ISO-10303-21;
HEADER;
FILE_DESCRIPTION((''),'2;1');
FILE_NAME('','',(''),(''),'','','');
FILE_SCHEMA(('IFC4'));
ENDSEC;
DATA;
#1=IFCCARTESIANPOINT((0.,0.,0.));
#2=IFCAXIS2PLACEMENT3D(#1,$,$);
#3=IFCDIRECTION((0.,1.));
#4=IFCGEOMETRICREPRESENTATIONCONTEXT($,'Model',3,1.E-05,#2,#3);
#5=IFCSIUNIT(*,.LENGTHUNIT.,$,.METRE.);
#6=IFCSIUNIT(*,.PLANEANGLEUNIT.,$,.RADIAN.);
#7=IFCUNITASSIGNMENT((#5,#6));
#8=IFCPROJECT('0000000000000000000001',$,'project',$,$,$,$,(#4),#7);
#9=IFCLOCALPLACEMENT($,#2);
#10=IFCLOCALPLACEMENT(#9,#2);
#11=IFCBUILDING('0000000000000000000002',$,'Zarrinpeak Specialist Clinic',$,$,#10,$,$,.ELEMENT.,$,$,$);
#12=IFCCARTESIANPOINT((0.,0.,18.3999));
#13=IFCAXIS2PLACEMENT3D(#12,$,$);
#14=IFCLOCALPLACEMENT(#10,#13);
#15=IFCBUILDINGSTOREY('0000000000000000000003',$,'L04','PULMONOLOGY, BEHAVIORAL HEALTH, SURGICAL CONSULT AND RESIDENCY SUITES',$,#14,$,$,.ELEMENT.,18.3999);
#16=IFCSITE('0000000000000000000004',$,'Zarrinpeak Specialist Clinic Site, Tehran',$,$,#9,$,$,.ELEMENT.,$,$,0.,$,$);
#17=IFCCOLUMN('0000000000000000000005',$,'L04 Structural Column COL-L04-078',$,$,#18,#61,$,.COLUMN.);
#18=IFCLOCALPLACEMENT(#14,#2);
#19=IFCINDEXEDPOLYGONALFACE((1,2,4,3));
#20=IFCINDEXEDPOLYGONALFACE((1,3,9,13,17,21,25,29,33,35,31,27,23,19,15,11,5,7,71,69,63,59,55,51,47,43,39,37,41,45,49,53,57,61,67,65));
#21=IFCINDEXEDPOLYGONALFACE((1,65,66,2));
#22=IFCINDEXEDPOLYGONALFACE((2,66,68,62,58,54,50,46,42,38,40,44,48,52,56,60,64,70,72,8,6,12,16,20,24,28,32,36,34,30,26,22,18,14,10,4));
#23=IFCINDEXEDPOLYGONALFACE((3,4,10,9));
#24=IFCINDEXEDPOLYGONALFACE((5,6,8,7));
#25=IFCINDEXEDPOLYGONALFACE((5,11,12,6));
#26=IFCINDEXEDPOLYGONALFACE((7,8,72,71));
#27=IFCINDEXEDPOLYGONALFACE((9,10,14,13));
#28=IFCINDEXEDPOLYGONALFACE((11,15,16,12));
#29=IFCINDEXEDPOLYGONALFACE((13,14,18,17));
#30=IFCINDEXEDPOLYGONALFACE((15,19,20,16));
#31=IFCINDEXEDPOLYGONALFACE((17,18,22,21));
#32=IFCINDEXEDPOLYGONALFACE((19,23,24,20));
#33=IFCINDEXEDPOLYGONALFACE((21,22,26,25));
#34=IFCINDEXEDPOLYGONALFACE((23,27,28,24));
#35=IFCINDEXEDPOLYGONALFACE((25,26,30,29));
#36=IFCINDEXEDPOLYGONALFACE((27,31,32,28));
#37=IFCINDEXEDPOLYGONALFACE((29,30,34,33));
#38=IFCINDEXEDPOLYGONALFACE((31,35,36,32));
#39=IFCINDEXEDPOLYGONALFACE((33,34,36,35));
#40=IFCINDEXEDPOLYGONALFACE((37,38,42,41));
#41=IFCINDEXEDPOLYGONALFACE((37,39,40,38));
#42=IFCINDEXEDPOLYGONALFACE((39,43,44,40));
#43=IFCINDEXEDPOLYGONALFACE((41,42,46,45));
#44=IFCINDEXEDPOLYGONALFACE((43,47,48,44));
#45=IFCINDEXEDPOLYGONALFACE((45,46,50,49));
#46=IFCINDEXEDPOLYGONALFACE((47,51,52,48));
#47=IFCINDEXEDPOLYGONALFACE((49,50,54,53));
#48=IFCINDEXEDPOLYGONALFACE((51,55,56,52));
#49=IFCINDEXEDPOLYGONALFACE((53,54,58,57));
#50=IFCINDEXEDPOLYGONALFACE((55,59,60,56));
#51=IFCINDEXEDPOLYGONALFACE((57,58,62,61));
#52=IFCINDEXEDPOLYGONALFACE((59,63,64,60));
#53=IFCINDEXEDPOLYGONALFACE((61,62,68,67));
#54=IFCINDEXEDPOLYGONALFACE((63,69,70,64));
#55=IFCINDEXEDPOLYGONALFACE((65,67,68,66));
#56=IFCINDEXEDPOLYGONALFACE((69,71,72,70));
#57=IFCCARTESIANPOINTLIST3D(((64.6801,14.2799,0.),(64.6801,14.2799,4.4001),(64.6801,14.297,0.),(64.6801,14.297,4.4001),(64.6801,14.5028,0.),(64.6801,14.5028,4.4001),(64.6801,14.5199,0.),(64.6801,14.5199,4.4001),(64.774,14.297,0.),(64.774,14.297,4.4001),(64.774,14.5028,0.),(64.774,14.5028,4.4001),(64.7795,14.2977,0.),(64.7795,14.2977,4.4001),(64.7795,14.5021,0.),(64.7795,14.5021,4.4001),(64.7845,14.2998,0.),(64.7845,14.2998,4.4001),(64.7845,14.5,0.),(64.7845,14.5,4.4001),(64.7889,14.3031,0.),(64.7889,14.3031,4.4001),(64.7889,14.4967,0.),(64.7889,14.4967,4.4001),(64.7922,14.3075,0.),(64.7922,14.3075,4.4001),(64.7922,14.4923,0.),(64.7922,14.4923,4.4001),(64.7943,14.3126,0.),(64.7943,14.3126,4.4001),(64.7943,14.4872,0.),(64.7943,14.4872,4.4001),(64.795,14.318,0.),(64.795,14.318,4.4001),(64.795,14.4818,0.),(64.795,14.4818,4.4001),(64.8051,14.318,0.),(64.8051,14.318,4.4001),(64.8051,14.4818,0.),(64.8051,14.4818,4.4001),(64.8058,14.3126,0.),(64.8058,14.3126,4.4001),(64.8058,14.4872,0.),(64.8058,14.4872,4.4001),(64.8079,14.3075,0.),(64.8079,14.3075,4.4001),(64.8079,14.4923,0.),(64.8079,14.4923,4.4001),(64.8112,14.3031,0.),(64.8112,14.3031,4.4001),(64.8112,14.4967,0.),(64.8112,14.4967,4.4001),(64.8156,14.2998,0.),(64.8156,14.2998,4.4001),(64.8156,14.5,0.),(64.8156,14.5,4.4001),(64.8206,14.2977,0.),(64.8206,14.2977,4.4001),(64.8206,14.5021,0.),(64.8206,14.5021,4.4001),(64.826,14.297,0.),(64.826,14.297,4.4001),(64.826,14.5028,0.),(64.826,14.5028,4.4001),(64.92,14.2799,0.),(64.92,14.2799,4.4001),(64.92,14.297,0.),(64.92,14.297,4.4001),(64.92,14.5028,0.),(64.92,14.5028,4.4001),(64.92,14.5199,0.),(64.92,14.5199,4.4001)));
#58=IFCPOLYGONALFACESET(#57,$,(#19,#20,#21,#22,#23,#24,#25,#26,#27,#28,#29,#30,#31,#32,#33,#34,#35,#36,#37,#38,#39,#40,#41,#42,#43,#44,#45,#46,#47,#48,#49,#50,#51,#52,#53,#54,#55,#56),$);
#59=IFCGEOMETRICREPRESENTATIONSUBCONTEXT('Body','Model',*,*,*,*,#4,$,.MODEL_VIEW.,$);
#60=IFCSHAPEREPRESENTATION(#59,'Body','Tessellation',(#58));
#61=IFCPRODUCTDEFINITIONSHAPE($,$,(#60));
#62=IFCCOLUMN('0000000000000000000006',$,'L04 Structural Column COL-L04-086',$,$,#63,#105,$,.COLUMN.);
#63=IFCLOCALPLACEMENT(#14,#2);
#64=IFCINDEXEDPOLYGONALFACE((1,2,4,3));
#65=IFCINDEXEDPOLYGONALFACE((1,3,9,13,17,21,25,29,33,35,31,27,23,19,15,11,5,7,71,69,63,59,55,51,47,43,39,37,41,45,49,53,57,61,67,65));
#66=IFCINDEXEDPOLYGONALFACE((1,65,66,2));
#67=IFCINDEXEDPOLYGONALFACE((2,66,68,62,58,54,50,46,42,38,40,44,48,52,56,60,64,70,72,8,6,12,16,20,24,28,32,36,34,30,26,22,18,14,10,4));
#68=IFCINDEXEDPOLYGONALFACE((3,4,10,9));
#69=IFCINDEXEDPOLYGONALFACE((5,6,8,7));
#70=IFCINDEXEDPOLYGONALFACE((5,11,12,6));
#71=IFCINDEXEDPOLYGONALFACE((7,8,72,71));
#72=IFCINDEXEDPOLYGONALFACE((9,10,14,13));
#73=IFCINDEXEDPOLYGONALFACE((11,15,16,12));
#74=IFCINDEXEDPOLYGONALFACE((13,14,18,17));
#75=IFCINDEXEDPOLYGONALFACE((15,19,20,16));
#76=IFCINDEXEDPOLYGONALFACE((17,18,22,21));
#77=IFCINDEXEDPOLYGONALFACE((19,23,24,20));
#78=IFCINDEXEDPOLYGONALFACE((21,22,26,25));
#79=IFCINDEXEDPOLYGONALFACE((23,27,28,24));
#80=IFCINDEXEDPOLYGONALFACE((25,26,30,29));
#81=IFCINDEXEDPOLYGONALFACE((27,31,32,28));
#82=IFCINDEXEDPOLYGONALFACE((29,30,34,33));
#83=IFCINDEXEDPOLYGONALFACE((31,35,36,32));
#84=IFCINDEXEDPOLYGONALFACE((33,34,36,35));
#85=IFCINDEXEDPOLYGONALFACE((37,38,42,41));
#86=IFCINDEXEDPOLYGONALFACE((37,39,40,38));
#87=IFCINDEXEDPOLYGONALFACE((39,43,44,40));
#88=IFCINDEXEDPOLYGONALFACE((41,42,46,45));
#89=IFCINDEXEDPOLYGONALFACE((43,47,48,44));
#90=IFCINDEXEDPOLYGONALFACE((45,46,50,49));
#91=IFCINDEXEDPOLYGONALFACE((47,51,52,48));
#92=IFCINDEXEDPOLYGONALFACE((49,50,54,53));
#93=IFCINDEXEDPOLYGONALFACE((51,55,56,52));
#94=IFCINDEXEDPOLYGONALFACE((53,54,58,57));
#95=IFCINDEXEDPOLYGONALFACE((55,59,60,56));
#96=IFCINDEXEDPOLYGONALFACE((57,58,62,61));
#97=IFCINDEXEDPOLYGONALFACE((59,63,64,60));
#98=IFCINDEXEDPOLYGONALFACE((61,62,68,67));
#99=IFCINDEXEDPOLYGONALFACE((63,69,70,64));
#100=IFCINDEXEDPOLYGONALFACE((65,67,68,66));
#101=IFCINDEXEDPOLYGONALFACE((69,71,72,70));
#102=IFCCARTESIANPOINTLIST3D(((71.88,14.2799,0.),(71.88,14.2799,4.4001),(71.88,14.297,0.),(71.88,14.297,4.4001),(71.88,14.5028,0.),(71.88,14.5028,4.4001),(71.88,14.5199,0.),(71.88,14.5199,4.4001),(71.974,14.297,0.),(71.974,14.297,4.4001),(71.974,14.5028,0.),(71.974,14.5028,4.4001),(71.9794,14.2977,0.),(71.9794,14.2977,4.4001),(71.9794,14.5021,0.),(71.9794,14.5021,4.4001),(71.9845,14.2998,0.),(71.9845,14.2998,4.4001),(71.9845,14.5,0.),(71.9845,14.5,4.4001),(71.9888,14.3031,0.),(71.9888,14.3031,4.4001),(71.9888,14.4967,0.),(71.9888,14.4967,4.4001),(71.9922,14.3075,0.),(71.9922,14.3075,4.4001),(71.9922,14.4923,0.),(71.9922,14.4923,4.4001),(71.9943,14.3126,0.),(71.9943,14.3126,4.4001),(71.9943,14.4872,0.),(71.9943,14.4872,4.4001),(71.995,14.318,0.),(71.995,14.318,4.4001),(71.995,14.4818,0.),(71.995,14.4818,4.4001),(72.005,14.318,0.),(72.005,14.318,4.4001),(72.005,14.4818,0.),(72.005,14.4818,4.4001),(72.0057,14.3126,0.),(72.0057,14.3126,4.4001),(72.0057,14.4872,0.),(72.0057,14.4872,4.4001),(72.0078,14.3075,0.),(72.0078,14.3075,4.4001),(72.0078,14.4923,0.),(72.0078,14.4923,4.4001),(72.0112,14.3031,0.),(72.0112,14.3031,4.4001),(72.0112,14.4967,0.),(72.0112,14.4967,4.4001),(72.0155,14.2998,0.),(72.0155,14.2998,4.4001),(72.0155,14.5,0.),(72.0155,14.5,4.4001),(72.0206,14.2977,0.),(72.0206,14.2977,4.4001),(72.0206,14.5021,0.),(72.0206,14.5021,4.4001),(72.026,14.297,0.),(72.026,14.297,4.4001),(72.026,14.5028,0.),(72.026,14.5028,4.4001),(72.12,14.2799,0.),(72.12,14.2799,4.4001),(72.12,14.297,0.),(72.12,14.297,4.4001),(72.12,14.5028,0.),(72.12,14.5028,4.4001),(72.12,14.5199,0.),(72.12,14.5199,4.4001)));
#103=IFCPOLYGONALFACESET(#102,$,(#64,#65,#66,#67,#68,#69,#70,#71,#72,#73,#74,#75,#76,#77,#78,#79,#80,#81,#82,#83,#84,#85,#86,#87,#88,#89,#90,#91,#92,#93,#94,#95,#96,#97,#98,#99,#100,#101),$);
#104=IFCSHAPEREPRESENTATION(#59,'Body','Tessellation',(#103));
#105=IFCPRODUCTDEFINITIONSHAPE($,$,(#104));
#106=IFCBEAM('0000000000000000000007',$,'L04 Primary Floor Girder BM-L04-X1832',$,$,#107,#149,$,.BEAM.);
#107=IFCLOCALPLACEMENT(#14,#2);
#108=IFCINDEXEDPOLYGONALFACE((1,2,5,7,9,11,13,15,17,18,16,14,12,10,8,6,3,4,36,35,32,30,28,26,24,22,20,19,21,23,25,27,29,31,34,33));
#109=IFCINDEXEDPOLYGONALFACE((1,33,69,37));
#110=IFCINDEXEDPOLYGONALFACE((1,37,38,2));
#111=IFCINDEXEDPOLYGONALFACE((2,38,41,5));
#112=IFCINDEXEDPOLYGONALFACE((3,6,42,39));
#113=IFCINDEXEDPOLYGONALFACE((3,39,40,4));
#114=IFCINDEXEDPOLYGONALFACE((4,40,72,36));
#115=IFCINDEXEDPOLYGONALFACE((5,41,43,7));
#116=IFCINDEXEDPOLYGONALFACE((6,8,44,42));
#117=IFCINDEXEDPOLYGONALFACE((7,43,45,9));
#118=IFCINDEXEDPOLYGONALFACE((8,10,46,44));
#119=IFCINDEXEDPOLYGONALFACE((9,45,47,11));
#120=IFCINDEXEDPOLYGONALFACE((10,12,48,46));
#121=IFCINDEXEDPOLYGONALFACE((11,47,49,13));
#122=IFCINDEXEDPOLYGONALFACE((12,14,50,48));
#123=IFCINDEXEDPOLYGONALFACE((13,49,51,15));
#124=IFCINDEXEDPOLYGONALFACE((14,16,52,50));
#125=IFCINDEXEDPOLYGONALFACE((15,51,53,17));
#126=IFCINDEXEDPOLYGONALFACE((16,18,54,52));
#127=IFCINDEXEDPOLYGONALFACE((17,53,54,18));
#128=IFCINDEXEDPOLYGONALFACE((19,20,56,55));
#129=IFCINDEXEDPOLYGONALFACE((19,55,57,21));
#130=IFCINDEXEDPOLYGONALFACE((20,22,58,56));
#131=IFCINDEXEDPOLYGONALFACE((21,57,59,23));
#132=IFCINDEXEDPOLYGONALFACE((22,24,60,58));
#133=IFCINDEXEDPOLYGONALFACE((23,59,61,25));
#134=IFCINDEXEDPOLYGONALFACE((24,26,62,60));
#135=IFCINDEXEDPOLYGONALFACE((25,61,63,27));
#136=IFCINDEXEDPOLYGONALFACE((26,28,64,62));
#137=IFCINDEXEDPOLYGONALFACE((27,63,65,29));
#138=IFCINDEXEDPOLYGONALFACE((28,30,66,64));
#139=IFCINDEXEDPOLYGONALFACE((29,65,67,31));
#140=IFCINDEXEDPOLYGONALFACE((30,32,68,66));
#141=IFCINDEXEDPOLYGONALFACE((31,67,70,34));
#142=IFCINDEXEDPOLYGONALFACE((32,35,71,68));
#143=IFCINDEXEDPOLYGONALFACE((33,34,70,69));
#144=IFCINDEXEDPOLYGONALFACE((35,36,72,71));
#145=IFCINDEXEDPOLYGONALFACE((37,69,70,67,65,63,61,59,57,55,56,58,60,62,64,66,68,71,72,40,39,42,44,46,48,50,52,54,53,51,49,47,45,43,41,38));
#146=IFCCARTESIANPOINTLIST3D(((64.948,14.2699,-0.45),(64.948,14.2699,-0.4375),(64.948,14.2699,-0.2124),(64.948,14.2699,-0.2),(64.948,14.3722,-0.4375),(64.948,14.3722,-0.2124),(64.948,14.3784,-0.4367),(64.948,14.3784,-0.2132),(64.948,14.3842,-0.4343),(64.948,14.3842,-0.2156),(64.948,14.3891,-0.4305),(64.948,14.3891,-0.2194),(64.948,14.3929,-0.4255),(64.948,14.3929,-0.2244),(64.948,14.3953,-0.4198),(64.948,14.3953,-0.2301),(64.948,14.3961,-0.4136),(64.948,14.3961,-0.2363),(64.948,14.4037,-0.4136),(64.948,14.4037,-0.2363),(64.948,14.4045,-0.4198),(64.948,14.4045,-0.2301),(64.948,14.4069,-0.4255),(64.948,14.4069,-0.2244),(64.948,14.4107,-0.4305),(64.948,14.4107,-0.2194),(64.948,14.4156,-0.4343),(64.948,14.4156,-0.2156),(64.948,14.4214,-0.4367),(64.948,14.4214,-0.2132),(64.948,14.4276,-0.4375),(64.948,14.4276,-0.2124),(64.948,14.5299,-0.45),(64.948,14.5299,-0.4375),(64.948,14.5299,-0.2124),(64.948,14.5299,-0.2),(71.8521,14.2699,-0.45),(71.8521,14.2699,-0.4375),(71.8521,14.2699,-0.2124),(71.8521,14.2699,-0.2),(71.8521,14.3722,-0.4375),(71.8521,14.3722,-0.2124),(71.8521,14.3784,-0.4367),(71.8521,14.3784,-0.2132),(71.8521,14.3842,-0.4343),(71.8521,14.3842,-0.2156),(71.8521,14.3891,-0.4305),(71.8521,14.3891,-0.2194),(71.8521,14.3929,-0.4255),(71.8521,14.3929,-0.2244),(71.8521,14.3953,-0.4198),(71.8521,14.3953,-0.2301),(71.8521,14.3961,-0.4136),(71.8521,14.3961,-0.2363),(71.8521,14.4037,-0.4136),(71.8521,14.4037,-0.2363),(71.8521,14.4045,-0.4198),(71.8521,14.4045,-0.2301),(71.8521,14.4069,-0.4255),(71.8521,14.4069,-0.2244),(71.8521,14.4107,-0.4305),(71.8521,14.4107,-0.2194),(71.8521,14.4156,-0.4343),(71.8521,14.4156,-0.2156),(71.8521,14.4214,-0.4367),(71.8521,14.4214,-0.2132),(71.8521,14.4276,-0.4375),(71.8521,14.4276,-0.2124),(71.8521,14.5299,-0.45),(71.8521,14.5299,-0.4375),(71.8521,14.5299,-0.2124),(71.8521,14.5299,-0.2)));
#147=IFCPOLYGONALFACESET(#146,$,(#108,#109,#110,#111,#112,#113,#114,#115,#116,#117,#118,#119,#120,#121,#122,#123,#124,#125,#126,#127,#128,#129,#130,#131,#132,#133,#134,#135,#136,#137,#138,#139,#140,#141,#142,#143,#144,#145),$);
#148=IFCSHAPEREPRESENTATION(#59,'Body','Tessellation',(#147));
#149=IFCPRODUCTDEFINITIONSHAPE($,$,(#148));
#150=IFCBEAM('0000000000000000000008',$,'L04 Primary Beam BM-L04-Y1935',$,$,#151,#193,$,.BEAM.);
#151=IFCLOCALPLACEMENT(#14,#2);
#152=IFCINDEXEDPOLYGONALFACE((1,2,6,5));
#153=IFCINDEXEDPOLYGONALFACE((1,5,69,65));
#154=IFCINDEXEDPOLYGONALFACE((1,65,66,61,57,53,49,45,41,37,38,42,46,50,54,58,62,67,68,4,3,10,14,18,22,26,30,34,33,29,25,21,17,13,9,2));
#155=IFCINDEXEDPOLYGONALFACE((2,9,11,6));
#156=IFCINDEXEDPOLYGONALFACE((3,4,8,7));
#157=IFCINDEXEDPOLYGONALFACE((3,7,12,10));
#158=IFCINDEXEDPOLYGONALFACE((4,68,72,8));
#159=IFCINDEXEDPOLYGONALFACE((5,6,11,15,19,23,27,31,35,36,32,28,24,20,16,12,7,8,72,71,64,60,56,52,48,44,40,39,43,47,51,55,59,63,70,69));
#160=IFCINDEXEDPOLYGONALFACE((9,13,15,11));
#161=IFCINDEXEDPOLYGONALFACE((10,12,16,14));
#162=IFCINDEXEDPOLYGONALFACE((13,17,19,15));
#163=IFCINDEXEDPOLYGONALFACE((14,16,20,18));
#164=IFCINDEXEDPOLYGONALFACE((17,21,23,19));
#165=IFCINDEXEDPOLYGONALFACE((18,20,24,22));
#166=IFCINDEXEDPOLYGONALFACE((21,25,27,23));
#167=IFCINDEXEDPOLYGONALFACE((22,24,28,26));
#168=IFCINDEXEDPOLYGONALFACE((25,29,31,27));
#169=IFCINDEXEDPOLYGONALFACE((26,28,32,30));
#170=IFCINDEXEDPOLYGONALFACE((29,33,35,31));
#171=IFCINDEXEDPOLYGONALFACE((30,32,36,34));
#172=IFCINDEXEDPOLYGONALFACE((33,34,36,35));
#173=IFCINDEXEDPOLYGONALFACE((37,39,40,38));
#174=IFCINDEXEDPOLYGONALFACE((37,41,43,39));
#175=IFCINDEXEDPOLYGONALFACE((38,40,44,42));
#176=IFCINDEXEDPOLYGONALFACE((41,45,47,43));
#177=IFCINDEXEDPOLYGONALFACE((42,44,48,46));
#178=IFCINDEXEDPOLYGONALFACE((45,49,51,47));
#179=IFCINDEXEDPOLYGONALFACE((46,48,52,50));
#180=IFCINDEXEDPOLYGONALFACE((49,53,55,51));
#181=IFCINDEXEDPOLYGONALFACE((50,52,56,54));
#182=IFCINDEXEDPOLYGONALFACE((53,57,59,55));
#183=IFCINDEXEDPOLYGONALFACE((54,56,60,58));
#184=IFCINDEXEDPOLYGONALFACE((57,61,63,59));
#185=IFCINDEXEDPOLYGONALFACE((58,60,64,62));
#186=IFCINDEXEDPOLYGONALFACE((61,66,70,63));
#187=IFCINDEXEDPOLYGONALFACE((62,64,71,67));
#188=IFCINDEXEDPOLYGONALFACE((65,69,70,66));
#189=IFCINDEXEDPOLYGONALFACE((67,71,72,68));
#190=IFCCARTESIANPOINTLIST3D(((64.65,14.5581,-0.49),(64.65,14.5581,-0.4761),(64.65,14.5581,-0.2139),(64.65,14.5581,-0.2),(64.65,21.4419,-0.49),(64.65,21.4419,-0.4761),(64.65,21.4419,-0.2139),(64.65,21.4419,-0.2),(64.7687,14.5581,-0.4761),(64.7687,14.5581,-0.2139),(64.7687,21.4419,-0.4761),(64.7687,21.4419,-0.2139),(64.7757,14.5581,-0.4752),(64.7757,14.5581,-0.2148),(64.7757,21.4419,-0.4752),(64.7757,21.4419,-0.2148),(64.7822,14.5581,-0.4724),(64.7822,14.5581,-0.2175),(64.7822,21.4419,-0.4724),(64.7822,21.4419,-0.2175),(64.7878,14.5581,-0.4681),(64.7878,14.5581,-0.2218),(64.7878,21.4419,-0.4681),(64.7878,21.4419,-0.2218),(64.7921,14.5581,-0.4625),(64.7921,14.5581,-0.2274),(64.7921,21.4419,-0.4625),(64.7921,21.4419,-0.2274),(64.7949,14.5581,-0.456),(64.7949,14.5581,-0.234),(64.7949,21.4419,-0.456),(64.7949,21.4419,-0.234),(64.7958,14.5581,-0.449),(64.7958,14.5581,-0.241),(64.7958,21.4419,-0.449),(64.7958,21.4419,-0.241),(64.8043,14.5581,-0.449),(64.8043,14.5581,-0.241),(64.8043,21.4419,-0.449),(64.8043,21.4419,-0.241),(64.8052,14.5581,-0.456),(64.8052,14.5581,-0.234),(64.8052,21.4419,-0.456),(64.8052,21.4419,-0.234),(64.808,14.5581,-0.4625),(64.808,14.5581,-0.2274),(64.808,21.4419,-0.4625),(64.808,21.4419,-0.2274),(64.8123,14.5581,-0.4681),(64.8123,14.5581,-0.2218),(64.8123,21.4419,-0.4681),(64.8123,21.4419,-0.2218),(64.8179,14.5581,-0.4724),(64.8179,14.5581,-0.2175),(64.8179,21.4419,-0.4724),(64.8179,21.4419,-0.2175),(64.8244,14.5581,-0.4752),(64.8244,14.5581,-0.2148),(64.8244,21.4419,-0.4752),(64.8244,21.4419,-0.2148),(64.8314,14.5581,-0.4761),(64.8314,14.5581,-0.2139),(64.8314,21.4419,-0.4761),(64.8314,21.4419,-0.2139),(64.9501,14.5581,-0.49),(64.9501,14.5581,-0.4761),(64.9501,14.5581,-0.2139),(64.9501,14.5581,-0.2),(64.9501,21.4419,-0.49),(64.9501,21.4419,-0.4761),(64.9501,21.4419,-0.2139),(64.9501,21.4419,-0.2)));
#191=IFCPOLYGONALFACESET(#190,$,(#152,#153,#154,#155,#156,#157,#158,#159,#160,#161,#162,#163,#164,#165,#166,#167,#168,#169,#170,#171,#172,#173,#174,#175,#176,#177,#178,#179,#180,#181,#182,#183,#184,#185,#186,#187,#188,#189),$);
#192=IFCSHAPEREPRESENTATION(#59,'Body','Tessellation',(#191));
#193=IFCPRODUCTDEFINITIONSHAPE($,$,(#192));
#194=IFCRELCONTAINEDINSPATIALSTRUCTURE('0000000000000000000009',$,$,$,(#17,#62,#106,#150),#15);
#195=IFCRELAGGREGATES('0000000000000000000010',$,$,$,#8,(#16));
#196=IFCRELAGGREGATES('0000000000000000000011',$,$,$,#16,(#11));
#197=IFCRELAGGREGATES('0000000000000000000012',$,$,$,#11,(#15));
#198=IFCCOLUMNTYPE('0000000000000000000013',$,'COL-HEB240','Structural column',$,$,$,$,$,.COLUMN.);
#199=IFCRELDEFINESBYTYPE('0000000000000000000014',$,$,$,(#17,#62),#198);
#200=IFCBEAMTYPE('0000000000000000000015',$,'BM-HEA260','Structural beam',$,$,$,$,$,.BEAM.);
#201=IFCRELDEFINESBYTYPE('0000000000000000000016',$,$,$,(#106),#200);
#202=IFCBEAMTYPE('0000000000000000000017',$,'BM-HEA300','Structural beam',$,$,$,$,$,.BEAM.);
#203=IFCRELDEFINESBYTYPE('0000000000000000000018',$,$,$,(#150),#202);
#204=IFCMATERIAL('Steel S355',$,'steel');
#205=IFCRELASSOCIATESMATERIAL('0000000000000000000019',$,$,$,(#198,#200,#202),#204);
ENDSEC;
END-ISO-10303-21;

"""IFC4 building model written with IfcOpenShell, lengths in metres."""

from ifc_helpers import new_model, si_unit, direction, frame, origin, origin_2d, place, context, subcontext, project, spatial, i_section, extrude, material, material_profile, profile_set, type_object, element, save


model = new_model("IFC4")

# Units and contexts
model_context = context("Model", 3, precision=1e-05, world=origin(), true_north=direction((0.0, 1.0)))
body_context = subcontext(model_context, "Body", "Model", "MODEL_VIEW")
ifc_project = project(units=[si_unit("LENGTHUNIT", "METRE"), si_unit("PLANEANGLEUNIT", "RADIAN")], contexts=[model_context])

# Site, building, storey
site_placement = place(None, origin())
site = spatial("IfcSite", under=ifc_project, at=site_placement, Name="Zarrinpeak Specialist Clinic Site, Tehran", CompositionType="ELEMENT", RefElevation=0.0)
building_placement = place(site_placement, origin())
building = spatial("IfcBuilding", under=site, at=building_placement, Name="Zarrinpeak Specialist Clinic", CompositionType="ELEMENT")
storey_placement = place(building_placement, frame((0.0, 0.0, 18.3999)))
storey = spatial("IfcBuildingStorey", under=building, at=storey_placement, Name="L04", Description="PULMONOLOGY, BEHAVIORAL HEALTH, SURGICAL CONSULT AND RESIDENCY SUITES", CompositionType="ELEMENT", Elevation=18.3999)

# Columns
ifc_material_1 = material(Name="Steel S355", Category="steel")
ifc_material_profile_1 = material_profile(ifc_material_1, i_section(OverallWidth=0.24, OverallDepth=0.24, WebThickness=0.01, FlangeThickness=0.0171, FilletRadius=0.021, at=origin_2d()), Name="HEB 240")
ifc_profile_set_1 = profile_set([ifc_material_profile_1], Name="Steel S355")
column_type = type_object("IfcColumnType", Name="COL-HEB240", Description="Structural column", PredefinedType="COLUMN", material=ifc_profile_set_1)
for number, where, z_axis, x_axis, name in (
    (1, (64.8, 14.3999, 0.0), (0.0, 0.0, 1.0), (1.0, 0.0, 0.0), "L04 Structural Column COL-L04-078"),
    (2, (72.0, 14.3999, 0.0), (0.0, 0.0, 1.0), (1.0, 0.0, 0.0), "L04 Structural Column COL-L04-086"),
):
    element("IfcColumn", number, at=place(storey_placement, frame(where, z_axis=z_axis, x_axis=x_axis)), inside=storey, type_object=column_type, Name=name, PredefinedType="COLUMN", context=body_context, shape_type="SweptSolid", body=[
        extrude(i_section(OverallWidth=0.24, OverallDepth=0.24, WebThickness=0.01, FlangeThickness=0.0171, FilletRadius=0.021, at=origin_2d()), origin(), (0.0, 0.0, 1.0), 4.4001),
    ])

# Beams
ifc_material_profile_2 = material_profile(ifc_material_1, i_section(OverallWidth=0.26, OverallDepth=0.25, WebThickness=0.0076, FlangeThickness=0.0125, FilletRadius=0.0239, at=origin_2d()), Name="HEA 260")
ifc_profile_set_2 = profile_set([ifc_material_profile_2], Name="Steel S355")
beam_type_1 = type_object("IfcBeamType", Name="BM-HEA260", Description="Structural beam", PredefinedType="BEAM", material=ifc_profile_set_2)
beam_1_placement = place(storey_placement, frame((64.948, 14.3999, -0.325), z_axis=(1.0, 0.0, 0.0), x_axis=(0.0, 1.0, 0.0)))
element("IfcBeam", 3, at=beam_1_placement, inside=storey, type_object=beam_type_1, Name="L04 Primary Floor Girder BM-L04-X1832", PredefinedType="BEAM", context=body_context, shape_type="SweptSolid", body=[
    extrude(i_section(OverallWidth=0.26, OverallDepth=0.25, WebThickness=0.0076, FlangeThickness=0.0125, FilletRadius=0.0239, at=origin_2d()), origin(), (0.0, 0.0, 1.0), 6.9041),
])
ifc_material_profile_3 = material_profile(ifc_material_1, i_section(OverallWidth=0.3, OverallDepth=0.29, WebThickness=0.0085, FlangeThickness=0.0139, FilletRadius=0.0271, at=origin_2d()), Name="HEA 300")
ifc_profile_set_3 = profile_set([ifc_material_profile_3], Name="Steel S355")
beam_type_2 = type_object("IfcBeamType", Name="BM-HEA300", Description="Structural beam", PredefinedType="BEAM", material=ifc_profile_set_3)
for number, where, z_axis, x_axis, name in (
    (4, (64.8, 14.5581, -0.345), (0.0, 1.0, 0.0), (-1.0, 0.0, 0.0), "L04 Primary Beam BM-L04-Y1935"),
):
    element("IfcBeam", number, at=place(storey_placement, frame(where, z_axis=z_axis, x_axis=x_axis)), inside=storey, type_object=beam_type_2, Name=name, PredefinedType="BEAM", context=body_context, shape_type="SweptSolid", body=[
        extrude(i_section(OverallWidth=0.3, OverallDepth=0.29, WebThickness=0.0085, FlangeThickness=0.0139, FilletRadius=0.0271, at=origin_2d()), origin(), (0.0, 0.0, 1.0), 6.8838),
    ])

save(model, "model.ifc")
